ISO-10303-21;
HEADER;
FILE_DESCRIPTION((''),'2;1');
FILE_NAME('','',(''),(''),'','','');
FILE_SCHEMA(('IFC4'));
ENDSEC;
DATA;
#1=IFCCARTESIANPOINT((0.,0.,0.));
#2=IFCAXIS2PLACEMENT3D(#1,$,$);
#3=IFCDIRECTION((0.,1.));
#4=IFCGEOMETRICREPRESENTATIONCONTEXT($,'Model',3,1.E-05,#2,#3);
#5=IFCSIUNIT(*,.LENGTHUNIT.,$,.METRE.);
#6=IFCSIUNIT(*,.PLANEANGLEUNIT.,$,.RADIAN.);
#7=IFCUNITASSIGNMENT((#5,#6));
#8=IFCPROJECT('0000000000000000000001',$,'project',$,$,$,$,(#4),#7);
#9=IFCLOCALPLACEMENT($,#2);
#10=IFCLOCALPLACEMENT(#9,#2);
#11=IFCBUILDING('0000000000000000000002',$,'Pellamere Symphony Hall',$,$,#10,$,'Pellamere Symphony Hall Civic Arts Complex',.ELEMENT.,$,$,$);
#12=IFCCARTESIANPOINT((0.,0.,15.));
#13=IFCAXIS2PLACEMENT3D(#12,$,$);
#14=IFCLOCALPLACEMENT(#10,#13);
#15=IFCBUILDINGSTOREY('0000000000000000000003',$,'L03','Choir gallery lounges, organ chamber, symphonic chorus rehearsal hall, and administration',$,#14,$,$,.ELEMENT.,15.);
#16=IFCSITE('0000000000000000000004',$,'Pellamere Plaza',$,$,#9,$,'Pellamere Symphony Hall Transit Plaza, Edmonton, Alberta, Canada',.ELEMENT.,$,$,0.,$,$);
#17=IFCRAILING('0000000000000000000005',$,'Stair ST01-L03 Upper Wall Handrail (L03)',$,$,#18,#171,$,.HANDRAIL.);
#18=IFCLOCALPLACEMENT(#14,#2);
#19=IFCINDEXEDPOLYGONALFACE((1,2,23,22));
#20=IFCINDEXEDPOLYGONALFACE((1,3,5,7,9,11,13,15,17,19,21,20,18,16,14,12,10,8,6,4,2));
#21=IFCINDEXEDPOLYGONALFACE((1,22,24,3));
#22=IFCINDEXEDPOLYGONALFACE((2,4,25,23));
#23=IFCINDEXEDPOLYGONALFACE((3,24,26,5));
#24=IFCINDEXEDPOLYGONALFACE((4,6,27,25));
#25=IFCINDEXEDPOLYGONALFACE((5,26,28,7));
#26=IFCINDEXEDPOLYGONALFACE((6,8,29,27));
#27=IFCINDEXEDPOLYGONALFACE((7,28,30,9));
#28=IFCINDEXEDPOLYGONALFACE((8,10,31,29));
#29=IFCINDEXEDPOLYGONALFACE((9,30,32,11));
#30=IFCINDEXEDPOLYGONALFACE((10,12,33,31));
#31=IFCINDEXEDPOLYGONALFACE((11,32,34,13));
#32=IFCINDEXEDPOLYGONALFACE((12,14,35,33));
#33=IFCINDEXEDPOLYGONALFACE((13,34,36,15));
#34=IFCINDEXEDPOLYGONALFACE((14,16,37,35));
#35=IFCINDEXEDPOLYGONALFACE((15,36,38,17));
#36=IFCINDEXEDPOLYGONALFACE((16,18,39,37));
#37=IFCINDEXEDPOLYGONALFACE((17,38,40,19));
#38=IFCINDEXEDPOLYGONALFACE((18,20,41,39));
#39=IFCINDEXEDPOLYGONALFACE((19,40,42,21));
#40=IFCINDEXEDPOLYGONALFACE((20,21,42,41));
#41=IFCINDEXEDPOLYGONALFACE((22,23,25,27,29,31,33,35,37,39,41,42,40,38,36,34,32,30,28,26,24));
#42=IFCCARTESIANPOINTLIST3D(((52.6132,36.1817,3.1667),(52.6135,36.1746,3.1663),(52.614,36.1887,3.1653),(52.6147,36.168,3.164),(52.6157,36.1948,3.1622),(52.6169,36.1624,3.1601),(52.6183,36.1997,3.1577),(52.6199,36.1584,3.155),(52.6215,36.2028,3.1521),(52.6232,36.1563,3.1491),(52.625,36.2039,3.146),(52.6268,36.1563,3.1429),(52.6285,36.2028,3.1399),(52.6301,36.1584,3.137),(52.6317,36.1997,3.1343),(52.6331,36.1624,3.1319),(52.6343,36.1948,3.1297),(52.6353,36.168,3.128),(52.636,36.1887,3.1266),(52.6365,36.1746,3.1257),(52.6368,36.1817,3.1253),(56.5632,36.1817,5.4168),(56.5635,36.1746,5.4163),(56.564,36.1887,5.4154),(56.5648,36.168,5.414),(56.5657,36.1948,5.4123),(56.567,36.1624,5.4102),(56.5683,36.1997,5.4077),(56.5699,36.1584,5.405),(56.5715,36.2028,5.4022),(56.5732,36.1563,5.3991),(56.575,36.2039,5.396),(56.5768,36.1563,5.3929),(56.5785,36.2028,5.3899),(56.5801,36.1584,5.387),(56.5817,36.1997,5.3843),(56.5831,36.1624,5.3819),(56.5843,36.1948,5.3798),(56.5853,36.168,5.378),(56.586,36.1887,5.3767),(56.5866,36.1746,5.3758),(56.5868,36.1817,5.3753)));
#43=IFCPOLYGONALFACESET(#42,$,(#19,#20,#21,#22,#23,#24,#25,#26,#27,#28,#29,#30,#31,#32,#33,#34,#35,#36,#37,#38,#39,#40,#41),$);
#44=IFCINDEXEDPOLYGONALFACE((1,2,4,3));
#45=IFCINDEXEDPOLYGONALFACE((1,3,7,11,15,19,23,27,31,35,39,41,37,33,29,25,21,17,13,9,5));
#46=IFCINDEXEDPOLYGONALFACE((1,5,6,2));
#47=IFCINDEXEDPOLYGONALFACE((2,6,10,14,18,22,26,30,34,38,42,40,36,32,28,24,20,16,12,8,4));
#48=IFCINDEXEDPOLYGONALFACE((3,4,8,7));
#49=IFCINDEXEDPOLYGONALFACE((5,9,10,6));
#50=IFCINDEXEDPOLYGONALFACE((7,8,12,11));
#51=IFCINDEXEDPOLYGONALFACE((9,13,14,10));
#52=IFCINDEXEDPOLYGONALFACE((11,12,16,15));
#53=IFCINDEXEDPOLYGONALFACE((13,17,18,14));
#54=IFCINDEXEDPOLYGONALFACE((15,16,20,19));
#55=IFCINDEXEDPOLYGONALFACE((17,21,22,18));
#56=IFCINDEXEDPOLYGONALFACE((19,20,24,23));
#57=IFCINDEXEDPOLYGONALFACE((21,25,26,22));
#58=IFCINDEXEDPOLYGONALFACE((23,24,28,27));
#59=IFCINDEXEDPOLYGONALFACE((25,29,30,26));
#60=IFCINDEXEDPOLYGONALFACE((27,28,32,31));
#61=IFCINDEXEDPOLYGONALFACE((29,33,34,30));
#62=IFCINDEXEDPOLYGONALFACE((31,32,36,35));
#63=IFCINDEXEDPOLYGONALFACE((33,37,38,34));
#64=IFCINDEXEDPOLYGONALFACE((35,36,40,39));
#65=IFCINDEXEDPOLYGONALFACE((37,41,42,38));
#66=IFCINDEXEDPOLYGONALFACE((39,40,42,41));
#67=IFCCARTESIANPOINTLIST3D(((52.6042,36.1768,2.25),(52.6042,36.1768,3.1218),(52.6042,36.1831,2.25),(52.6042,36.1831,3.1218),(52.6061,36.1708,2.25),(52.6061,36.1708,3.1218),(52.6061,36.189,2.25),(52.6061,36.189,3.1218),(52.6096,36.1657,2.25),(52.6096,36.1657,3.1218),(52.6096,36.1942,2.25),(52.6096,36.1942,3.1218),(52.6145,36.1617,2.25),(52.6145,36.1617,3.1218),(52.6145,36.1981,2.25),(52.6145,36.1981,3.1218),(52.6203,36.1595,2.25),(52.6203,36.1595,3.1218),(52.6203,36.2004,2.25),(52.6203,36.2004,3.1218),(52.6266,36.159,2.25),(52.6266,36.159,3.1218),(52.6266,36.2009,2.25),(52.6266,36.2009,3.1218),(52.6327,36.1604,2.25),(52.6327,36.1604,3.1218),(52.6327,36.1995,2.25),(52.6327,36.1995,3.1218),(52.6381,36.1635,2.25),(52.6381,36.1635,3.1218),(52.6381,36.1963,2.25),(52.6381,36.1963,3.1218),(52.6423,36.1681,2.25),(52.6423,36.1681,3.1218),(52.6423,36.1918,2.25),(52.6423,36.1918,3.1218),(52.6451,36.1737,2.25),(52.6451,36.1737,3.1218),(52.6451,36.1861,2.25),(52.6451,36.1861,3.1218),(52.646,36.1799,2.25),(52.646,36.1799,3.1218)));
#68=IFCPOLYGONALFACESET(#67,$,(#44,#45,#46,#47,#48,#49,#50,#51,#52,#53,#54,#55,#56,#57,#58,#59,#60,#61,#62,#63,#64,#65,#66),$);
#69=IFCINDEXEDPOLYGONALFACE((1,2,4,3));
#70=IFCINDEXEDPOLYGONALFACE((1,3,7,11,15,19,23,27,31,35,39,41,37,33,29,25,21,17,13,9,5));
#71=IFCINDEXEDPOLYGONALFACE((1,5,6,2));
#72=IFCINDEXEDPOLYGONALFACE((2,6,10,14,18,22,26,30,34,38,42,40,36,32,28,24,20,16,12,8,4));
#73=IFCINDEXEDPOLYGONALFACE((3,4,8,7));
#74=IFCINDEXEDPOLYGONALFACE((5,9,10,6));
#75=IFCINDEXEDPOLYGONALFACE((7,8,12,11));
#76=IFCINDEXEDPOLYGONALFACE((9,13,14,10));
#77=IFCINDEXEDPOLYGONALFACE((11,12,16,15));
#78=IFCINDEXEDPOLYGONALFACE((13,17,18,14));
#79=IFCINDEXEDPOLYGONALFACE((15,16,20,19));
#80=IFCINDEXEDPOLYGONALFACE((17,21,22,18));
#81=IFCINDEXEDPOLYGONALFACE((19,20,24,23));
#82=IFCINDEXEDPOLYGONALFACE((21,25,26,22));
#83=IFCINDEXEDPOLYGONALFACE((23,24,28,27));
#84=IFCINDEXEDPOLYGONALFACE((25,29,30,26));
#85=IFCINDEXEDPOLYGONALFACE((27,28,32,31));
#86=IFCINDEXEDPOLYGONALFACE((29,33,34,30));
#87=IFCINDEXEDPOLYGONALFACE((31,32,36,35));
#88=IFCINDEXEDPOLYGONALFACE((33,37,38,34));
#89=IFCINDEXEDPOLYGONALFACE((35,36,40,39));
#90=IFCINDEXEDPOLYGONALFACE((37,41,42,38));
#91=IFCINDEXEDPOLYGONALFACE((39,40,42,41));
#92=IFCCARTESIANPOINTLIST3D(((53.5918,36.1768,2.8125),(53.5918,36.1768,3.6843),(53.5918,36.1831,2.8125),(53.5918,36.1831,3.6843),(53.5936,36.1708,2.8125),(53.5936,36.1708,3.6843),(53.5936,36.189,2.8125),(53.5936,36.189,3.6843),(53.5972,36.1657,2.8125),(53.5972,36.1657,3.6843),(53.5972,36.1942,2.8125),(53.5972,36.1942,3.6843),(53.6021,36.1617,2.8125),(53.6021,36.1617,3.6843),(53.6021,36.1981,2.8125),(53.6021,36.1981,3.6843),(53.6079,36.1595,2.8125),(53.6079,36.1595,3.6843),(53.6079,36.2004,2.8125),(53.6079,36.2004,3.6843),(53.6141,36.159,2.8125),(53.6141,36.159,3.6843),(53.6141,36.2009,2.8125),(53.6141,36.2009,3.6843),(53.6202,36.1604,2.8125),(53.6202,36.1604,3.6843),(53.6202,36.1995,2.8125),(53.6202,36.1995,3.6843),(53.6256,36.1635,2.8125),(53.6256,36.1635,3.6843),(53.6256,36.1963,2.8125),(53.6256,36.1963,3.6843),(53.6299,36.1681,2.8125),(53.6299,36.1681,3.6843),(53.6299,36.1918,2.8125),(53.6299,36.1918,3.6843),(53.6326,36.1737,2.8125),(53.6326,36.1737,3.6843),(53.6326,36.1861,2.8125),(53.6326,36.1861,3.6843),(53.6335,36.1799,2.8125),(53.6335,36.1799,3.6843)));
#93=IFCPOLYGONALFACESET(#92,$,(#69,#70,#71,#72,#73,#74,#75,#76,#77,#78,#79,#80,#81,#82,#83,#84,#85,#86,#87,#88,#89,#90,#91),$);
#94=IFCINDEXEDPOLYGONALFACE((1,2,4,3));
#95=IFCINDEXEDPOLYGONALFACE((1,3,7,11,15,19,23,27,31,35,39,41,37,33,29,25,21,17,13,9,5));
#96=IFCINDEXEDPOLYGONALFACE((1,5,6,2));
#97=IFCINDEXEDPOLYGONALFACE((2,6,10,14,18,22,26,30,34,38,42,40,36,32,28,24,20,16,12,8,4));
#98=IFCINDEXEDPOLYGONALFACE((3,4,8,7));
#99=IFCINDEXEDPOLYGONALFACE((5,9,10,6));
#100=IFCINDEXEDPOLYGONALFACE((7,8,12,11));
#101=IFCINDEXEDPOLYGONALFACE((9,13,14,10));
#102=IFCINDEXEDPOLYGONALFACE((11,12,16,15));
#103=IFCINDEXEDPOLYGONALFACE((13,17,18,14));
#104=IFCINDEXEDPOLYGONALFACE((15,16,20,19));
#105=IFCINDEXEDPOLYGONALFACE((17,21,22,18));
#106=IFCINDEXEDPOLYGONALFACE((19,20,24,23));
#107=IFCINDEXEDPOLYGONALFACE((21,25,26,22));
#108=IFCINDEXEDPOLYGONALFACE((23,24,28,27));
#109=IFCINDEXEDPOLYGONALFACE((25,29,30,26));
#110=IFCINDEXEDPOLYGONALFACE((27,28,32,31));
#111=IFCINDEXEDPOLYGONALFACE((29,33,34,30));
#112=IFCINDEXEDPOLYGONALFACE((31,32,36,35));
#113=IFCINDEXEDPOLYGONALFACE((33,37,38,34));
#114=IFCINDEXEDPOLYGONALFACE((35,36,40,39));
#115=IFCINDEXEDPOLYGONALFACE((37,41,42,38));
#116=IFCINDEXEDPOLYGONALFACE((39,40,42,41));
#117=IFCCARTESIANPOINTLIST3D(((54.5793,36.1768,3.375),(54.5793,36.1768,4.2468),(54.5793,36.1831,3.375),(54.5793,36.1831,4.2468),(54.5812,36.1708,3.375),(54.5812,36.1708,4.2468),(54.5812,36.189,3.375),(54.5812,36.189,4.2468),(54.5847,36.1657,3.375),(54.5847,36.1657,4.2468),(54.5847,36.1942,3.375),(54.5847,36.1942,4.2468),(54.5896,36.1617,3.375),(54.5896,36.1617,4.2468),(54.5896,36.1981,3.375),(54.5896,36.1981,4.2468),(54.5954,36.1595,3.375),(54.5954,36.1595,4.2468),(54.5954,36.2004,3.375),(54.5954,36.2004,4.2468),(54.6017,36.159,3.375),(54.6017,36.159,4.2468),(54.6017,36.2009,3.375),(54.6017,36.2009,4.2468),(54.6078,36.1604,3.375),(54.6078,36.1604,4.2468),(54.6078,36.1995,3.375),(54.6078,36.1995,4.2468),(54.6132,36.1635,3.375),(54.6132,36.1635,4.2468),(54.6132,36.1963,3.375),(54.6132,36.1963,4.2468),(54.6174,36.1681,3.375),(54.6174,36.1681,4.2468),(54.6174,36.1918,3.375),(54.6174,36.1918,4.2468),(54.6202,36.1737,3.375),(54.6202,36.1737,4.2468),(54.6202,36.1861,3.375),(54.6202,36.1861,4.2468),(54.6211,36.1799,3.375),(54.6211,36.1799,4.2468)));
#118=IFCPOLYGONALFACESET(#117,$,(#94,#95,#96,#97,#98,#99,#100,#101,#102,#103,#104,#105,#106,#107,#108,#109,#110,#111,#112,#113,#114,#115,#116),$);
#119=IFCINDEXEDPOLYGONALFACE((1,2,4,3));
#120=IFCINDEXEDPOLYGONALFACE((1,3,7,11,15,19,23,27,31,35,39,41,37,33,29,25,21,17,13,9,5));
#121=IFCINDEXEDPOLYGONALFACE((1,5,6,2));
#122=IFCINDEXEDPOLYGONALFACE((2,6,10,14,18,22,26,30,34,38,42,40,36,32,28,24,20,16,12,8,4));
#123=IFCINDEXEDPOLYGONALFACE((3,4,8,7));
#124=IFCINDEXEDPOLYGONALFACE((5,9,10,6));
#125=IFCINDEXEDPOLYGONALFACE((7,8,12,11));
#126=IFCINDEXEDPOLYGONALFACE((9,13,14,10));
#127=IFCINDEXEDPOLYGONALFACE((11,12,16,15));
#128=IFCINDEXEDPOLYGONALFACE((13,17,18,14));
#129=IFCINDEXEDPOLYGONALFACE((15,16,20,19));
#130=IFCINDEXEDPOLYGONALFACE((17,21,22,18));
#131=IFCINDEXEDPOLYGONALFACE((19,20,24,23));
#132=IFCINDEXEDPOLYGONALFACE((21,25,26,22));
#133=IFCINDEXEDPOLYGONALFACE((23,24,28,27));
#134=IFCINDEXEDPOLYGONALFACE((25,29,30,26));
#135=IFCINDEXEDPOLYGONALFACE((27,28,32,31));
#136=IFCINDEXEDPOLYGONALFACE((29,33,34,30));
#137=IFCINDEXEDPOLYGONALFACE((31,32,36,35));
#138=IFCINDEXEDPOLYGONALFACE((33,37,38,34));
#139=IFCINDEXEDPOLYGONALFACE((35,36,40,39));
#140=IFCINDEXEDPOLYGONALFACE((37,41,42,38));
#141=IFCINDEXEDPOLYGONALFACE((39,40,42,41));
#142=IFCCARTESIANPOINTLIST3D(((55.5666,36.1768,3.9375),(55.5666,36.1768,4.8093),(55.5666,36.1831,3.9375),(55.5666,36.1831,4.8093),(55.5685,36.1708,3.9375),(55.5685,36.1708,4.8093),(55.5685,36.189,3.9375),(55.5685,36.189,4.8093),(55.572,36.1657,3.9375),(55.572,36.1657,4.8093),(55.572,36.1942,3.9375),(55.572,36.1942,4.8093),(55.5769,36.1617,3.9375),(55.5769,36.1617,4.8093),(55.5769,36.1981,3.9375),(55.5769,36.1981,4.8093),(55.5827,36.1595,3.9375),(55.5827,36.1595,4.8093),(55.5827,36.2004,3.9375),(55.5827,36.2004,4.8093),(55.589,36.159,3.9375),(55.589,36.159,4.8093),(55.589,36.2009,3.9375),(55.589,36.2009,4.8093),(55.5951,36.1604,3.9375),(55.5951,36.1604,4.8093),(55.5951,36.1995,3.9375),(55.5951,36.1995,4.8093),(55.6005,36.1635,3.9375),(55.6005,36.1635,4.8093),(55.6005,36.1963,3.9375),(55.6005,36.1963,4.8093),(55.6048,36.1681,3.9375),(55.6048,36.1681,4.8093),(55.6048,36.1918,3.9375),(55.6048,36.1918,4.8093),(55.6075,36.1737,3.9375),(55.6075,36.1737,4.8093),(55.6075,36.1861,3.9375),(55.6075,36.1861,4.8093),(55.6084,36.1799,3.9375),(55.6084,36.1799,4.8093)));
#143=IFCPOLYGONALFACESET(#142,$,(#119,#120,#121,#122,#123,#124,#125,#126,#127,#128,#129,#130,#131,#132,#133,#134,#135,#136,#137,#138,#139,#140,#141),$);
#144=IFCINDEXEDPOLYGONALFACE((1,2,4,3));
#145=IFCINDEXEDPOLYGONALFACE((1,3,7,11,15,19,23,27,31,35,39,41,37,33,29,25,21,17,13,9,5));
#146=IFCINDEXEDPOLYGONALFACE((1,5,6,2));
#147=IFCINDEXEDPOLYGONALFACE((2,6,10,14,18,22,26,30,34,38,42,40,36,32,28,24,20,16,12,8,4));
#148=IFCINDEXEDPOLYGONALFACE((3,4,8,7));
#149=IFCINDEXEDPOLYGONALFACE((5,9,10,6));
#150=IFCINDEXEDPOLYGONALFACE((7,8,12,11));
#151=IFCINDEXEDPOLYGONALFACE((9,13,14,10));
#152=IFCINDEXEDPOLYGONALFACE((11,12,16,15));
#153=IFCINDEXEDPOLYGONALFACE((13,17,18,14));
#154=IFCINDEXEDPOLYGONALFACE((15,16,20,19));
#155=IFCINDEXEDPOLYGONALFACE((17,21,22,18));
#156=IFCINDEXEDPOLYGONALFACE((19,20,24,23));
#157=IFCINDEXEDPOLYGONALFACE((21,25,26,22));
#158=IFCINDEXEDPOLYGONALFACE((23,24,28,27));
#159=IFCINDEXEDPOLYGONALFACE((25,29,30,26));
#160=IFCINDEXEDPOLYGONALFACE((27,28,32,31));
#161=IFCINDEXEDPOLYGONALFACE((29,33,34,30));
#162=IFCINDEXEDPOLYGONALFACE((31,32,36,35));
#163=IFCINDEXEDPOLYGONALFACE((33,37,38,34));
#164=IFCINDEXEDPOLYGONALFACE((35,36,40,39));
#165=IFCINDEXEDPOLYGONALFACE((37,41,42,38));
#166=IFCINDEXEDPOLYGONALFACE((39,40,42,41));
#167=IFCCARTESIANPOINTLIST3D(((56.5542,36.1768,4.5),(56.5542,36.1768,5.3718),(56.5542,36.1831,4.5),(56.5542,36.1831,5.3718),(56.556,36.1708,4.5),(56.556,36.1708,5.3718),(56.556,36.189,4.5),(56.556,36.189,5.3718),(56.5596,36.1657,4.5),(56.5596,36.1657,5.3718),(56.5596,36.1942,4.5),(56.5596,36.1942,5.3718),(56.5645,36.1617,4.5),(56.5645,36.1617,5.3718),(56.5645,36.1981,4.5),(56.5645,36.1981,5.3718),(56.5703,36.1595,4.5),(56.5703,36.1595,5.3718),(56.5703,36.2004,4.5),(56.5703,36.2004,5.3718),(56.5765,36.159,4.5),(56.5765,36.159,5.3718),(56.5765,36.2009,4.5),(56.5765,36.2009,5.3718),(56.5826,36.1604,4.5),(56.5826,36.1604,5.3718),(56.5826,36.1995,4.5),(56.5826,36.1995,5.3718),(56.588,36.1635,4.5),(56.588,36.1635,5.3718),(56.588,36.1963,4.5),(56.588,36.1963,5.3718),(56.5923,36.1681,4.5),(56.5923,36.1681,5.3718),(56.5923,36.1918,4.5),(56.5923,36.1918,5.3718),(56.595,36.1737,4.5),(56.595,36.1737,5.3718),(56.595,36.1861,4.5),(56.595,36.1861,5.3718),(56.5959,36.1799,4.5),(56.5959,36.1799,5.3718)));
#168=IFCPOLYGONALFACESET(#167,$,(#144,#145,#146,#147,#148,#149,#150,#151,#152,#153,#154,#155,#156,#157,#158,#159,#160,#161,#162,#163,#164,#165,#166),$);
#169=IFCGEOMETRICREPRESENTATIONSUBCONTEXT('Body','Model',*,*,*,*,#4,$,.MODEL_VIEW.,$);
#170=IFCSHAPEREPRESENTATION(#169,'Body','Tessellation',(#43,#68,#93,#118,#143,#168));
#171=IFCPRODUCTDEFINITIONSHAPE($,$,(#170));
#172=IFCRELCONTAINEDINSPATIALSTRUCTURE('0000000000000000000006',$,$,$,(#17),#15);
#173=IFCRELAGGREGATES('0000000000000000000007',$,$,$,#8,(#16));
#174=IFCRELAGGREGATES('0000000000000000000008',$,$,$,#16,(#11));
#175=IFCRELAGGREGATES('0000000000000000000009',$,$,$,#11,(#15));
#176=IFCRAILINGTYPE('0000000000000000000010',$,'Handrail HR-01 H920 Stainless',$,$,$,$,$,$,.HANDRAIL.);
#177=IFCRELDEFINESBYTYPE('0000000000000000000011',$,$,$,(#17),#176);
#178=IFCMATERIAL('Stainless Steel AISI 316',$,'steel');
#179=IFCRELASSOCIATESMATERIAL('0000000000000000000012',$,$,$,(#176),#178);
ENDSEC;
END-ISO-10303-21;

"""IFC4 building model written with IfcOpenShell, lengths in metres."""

from ifc_helpers import new_model, si_unit, direction, frame, origin, origin_2d, place, context, subcontext, project, spatial, circle, extrude, material, type_object, element, save


model = new_model("IFC4")

# Units and contexts
model_context = context("Model", 3, precision=1e-05, world=origin(), true_north=direction((0.0, 1.0)))
body_context = subcontext(model_context, "Body", "Model", "MODEL_VIEW")
ifc_project = project(units=[si_unit("LENGTHUNIT", "METRE"), si_unit("PLANEANGLEUNIT", "RADIAN")], contexts=[model_context])

# Site, building, storey
site_placement = place(None, origin())
site = spatial("IfcSite", under=ifc_project, at=site_placement, Name="Pellamere Plaza", LongName="Pellamere Symphony Hall Transit Plaza, Edmonton, Alberta, Canada", CompositionType="ELEMENT", RefElevation=0.0)
building_placement = place(site_placement, origin())
building = spatial("IfcBuilding", under=site, at=building_placement, Name="Pellamere Symphony Hall", LongName="Pellamere Symphony Hall Civic Arts Complex", CompositionType="ELEMENT")
storey_placement = place(building_placement, frame((0.0, 0.0, 15.0)))
storey = spatial("IfcBuildingStorey", under=building, at=storey_placement, Name="L03", Description="Choir gallery lounges, organ chamber, symphonic chorus rehearsal hall, and administration", CompositionType="ELEMENT", Elevation=15.0)

# Railing
ifc_material_1 = material(Name="Stainless Steel AISI 316", Category="steel")
railing_type = type_object("IfcRailingType", Name="Handrail HR-01 H920 Stainless", PredefinedType="HANDRAIL", material=ifc_material_1)
railing_placement = place(storey_placement, frame((52.625, 36.1799, 2.25)))
element("IfcRailing", 1, at=railing_placement, inside=storey, type_object=railing_type, Name="Stair ST01-L03 Upper Wall Handrail (L03)", PredefinedType="HANDRAIL", context=body_context, shape_type="SweptSolid", body=[
    extrude(circle(Radius=0.0239, at=origin_2d()), frame((0.0, 0.0, 0.896), z_axis=(0.868917, 0.0, 0.494959), x_axis=(0.0, 1.0, 0.0)), (0.0, 0.0, 1.0), 4.5459),
    extrude(circle(Radius=0.021, at=origin_2d()), origin(), (0.0, 0.0, 1.0), 0.8718),
    extrude(circle(Radius=0.021, at=origin_2d()), frame((0.9875, 0.0, 0.5625)), (0.0, 0.0, 1.0), 0.8718),
    extrude(circle(Radius=0.021, at=origin_2d()), frame((1.9751, 0.0, 1.125)), (0.0, 0.0, 1.0), 0.8718),
    extrude(circle(Radius=0.021, at=origin_2d()), frame((2.9624, 0.0, 1.6875)), (0.0, 0.0, 1.0), 0.8718),
    extrude(circle(Radius=0.021, at=origin_2d()), frame((3.95, 0.0, 2.25)), (0.0, 0.0, 1.0), 0.8718),
])

save(model, "model.ifc")
